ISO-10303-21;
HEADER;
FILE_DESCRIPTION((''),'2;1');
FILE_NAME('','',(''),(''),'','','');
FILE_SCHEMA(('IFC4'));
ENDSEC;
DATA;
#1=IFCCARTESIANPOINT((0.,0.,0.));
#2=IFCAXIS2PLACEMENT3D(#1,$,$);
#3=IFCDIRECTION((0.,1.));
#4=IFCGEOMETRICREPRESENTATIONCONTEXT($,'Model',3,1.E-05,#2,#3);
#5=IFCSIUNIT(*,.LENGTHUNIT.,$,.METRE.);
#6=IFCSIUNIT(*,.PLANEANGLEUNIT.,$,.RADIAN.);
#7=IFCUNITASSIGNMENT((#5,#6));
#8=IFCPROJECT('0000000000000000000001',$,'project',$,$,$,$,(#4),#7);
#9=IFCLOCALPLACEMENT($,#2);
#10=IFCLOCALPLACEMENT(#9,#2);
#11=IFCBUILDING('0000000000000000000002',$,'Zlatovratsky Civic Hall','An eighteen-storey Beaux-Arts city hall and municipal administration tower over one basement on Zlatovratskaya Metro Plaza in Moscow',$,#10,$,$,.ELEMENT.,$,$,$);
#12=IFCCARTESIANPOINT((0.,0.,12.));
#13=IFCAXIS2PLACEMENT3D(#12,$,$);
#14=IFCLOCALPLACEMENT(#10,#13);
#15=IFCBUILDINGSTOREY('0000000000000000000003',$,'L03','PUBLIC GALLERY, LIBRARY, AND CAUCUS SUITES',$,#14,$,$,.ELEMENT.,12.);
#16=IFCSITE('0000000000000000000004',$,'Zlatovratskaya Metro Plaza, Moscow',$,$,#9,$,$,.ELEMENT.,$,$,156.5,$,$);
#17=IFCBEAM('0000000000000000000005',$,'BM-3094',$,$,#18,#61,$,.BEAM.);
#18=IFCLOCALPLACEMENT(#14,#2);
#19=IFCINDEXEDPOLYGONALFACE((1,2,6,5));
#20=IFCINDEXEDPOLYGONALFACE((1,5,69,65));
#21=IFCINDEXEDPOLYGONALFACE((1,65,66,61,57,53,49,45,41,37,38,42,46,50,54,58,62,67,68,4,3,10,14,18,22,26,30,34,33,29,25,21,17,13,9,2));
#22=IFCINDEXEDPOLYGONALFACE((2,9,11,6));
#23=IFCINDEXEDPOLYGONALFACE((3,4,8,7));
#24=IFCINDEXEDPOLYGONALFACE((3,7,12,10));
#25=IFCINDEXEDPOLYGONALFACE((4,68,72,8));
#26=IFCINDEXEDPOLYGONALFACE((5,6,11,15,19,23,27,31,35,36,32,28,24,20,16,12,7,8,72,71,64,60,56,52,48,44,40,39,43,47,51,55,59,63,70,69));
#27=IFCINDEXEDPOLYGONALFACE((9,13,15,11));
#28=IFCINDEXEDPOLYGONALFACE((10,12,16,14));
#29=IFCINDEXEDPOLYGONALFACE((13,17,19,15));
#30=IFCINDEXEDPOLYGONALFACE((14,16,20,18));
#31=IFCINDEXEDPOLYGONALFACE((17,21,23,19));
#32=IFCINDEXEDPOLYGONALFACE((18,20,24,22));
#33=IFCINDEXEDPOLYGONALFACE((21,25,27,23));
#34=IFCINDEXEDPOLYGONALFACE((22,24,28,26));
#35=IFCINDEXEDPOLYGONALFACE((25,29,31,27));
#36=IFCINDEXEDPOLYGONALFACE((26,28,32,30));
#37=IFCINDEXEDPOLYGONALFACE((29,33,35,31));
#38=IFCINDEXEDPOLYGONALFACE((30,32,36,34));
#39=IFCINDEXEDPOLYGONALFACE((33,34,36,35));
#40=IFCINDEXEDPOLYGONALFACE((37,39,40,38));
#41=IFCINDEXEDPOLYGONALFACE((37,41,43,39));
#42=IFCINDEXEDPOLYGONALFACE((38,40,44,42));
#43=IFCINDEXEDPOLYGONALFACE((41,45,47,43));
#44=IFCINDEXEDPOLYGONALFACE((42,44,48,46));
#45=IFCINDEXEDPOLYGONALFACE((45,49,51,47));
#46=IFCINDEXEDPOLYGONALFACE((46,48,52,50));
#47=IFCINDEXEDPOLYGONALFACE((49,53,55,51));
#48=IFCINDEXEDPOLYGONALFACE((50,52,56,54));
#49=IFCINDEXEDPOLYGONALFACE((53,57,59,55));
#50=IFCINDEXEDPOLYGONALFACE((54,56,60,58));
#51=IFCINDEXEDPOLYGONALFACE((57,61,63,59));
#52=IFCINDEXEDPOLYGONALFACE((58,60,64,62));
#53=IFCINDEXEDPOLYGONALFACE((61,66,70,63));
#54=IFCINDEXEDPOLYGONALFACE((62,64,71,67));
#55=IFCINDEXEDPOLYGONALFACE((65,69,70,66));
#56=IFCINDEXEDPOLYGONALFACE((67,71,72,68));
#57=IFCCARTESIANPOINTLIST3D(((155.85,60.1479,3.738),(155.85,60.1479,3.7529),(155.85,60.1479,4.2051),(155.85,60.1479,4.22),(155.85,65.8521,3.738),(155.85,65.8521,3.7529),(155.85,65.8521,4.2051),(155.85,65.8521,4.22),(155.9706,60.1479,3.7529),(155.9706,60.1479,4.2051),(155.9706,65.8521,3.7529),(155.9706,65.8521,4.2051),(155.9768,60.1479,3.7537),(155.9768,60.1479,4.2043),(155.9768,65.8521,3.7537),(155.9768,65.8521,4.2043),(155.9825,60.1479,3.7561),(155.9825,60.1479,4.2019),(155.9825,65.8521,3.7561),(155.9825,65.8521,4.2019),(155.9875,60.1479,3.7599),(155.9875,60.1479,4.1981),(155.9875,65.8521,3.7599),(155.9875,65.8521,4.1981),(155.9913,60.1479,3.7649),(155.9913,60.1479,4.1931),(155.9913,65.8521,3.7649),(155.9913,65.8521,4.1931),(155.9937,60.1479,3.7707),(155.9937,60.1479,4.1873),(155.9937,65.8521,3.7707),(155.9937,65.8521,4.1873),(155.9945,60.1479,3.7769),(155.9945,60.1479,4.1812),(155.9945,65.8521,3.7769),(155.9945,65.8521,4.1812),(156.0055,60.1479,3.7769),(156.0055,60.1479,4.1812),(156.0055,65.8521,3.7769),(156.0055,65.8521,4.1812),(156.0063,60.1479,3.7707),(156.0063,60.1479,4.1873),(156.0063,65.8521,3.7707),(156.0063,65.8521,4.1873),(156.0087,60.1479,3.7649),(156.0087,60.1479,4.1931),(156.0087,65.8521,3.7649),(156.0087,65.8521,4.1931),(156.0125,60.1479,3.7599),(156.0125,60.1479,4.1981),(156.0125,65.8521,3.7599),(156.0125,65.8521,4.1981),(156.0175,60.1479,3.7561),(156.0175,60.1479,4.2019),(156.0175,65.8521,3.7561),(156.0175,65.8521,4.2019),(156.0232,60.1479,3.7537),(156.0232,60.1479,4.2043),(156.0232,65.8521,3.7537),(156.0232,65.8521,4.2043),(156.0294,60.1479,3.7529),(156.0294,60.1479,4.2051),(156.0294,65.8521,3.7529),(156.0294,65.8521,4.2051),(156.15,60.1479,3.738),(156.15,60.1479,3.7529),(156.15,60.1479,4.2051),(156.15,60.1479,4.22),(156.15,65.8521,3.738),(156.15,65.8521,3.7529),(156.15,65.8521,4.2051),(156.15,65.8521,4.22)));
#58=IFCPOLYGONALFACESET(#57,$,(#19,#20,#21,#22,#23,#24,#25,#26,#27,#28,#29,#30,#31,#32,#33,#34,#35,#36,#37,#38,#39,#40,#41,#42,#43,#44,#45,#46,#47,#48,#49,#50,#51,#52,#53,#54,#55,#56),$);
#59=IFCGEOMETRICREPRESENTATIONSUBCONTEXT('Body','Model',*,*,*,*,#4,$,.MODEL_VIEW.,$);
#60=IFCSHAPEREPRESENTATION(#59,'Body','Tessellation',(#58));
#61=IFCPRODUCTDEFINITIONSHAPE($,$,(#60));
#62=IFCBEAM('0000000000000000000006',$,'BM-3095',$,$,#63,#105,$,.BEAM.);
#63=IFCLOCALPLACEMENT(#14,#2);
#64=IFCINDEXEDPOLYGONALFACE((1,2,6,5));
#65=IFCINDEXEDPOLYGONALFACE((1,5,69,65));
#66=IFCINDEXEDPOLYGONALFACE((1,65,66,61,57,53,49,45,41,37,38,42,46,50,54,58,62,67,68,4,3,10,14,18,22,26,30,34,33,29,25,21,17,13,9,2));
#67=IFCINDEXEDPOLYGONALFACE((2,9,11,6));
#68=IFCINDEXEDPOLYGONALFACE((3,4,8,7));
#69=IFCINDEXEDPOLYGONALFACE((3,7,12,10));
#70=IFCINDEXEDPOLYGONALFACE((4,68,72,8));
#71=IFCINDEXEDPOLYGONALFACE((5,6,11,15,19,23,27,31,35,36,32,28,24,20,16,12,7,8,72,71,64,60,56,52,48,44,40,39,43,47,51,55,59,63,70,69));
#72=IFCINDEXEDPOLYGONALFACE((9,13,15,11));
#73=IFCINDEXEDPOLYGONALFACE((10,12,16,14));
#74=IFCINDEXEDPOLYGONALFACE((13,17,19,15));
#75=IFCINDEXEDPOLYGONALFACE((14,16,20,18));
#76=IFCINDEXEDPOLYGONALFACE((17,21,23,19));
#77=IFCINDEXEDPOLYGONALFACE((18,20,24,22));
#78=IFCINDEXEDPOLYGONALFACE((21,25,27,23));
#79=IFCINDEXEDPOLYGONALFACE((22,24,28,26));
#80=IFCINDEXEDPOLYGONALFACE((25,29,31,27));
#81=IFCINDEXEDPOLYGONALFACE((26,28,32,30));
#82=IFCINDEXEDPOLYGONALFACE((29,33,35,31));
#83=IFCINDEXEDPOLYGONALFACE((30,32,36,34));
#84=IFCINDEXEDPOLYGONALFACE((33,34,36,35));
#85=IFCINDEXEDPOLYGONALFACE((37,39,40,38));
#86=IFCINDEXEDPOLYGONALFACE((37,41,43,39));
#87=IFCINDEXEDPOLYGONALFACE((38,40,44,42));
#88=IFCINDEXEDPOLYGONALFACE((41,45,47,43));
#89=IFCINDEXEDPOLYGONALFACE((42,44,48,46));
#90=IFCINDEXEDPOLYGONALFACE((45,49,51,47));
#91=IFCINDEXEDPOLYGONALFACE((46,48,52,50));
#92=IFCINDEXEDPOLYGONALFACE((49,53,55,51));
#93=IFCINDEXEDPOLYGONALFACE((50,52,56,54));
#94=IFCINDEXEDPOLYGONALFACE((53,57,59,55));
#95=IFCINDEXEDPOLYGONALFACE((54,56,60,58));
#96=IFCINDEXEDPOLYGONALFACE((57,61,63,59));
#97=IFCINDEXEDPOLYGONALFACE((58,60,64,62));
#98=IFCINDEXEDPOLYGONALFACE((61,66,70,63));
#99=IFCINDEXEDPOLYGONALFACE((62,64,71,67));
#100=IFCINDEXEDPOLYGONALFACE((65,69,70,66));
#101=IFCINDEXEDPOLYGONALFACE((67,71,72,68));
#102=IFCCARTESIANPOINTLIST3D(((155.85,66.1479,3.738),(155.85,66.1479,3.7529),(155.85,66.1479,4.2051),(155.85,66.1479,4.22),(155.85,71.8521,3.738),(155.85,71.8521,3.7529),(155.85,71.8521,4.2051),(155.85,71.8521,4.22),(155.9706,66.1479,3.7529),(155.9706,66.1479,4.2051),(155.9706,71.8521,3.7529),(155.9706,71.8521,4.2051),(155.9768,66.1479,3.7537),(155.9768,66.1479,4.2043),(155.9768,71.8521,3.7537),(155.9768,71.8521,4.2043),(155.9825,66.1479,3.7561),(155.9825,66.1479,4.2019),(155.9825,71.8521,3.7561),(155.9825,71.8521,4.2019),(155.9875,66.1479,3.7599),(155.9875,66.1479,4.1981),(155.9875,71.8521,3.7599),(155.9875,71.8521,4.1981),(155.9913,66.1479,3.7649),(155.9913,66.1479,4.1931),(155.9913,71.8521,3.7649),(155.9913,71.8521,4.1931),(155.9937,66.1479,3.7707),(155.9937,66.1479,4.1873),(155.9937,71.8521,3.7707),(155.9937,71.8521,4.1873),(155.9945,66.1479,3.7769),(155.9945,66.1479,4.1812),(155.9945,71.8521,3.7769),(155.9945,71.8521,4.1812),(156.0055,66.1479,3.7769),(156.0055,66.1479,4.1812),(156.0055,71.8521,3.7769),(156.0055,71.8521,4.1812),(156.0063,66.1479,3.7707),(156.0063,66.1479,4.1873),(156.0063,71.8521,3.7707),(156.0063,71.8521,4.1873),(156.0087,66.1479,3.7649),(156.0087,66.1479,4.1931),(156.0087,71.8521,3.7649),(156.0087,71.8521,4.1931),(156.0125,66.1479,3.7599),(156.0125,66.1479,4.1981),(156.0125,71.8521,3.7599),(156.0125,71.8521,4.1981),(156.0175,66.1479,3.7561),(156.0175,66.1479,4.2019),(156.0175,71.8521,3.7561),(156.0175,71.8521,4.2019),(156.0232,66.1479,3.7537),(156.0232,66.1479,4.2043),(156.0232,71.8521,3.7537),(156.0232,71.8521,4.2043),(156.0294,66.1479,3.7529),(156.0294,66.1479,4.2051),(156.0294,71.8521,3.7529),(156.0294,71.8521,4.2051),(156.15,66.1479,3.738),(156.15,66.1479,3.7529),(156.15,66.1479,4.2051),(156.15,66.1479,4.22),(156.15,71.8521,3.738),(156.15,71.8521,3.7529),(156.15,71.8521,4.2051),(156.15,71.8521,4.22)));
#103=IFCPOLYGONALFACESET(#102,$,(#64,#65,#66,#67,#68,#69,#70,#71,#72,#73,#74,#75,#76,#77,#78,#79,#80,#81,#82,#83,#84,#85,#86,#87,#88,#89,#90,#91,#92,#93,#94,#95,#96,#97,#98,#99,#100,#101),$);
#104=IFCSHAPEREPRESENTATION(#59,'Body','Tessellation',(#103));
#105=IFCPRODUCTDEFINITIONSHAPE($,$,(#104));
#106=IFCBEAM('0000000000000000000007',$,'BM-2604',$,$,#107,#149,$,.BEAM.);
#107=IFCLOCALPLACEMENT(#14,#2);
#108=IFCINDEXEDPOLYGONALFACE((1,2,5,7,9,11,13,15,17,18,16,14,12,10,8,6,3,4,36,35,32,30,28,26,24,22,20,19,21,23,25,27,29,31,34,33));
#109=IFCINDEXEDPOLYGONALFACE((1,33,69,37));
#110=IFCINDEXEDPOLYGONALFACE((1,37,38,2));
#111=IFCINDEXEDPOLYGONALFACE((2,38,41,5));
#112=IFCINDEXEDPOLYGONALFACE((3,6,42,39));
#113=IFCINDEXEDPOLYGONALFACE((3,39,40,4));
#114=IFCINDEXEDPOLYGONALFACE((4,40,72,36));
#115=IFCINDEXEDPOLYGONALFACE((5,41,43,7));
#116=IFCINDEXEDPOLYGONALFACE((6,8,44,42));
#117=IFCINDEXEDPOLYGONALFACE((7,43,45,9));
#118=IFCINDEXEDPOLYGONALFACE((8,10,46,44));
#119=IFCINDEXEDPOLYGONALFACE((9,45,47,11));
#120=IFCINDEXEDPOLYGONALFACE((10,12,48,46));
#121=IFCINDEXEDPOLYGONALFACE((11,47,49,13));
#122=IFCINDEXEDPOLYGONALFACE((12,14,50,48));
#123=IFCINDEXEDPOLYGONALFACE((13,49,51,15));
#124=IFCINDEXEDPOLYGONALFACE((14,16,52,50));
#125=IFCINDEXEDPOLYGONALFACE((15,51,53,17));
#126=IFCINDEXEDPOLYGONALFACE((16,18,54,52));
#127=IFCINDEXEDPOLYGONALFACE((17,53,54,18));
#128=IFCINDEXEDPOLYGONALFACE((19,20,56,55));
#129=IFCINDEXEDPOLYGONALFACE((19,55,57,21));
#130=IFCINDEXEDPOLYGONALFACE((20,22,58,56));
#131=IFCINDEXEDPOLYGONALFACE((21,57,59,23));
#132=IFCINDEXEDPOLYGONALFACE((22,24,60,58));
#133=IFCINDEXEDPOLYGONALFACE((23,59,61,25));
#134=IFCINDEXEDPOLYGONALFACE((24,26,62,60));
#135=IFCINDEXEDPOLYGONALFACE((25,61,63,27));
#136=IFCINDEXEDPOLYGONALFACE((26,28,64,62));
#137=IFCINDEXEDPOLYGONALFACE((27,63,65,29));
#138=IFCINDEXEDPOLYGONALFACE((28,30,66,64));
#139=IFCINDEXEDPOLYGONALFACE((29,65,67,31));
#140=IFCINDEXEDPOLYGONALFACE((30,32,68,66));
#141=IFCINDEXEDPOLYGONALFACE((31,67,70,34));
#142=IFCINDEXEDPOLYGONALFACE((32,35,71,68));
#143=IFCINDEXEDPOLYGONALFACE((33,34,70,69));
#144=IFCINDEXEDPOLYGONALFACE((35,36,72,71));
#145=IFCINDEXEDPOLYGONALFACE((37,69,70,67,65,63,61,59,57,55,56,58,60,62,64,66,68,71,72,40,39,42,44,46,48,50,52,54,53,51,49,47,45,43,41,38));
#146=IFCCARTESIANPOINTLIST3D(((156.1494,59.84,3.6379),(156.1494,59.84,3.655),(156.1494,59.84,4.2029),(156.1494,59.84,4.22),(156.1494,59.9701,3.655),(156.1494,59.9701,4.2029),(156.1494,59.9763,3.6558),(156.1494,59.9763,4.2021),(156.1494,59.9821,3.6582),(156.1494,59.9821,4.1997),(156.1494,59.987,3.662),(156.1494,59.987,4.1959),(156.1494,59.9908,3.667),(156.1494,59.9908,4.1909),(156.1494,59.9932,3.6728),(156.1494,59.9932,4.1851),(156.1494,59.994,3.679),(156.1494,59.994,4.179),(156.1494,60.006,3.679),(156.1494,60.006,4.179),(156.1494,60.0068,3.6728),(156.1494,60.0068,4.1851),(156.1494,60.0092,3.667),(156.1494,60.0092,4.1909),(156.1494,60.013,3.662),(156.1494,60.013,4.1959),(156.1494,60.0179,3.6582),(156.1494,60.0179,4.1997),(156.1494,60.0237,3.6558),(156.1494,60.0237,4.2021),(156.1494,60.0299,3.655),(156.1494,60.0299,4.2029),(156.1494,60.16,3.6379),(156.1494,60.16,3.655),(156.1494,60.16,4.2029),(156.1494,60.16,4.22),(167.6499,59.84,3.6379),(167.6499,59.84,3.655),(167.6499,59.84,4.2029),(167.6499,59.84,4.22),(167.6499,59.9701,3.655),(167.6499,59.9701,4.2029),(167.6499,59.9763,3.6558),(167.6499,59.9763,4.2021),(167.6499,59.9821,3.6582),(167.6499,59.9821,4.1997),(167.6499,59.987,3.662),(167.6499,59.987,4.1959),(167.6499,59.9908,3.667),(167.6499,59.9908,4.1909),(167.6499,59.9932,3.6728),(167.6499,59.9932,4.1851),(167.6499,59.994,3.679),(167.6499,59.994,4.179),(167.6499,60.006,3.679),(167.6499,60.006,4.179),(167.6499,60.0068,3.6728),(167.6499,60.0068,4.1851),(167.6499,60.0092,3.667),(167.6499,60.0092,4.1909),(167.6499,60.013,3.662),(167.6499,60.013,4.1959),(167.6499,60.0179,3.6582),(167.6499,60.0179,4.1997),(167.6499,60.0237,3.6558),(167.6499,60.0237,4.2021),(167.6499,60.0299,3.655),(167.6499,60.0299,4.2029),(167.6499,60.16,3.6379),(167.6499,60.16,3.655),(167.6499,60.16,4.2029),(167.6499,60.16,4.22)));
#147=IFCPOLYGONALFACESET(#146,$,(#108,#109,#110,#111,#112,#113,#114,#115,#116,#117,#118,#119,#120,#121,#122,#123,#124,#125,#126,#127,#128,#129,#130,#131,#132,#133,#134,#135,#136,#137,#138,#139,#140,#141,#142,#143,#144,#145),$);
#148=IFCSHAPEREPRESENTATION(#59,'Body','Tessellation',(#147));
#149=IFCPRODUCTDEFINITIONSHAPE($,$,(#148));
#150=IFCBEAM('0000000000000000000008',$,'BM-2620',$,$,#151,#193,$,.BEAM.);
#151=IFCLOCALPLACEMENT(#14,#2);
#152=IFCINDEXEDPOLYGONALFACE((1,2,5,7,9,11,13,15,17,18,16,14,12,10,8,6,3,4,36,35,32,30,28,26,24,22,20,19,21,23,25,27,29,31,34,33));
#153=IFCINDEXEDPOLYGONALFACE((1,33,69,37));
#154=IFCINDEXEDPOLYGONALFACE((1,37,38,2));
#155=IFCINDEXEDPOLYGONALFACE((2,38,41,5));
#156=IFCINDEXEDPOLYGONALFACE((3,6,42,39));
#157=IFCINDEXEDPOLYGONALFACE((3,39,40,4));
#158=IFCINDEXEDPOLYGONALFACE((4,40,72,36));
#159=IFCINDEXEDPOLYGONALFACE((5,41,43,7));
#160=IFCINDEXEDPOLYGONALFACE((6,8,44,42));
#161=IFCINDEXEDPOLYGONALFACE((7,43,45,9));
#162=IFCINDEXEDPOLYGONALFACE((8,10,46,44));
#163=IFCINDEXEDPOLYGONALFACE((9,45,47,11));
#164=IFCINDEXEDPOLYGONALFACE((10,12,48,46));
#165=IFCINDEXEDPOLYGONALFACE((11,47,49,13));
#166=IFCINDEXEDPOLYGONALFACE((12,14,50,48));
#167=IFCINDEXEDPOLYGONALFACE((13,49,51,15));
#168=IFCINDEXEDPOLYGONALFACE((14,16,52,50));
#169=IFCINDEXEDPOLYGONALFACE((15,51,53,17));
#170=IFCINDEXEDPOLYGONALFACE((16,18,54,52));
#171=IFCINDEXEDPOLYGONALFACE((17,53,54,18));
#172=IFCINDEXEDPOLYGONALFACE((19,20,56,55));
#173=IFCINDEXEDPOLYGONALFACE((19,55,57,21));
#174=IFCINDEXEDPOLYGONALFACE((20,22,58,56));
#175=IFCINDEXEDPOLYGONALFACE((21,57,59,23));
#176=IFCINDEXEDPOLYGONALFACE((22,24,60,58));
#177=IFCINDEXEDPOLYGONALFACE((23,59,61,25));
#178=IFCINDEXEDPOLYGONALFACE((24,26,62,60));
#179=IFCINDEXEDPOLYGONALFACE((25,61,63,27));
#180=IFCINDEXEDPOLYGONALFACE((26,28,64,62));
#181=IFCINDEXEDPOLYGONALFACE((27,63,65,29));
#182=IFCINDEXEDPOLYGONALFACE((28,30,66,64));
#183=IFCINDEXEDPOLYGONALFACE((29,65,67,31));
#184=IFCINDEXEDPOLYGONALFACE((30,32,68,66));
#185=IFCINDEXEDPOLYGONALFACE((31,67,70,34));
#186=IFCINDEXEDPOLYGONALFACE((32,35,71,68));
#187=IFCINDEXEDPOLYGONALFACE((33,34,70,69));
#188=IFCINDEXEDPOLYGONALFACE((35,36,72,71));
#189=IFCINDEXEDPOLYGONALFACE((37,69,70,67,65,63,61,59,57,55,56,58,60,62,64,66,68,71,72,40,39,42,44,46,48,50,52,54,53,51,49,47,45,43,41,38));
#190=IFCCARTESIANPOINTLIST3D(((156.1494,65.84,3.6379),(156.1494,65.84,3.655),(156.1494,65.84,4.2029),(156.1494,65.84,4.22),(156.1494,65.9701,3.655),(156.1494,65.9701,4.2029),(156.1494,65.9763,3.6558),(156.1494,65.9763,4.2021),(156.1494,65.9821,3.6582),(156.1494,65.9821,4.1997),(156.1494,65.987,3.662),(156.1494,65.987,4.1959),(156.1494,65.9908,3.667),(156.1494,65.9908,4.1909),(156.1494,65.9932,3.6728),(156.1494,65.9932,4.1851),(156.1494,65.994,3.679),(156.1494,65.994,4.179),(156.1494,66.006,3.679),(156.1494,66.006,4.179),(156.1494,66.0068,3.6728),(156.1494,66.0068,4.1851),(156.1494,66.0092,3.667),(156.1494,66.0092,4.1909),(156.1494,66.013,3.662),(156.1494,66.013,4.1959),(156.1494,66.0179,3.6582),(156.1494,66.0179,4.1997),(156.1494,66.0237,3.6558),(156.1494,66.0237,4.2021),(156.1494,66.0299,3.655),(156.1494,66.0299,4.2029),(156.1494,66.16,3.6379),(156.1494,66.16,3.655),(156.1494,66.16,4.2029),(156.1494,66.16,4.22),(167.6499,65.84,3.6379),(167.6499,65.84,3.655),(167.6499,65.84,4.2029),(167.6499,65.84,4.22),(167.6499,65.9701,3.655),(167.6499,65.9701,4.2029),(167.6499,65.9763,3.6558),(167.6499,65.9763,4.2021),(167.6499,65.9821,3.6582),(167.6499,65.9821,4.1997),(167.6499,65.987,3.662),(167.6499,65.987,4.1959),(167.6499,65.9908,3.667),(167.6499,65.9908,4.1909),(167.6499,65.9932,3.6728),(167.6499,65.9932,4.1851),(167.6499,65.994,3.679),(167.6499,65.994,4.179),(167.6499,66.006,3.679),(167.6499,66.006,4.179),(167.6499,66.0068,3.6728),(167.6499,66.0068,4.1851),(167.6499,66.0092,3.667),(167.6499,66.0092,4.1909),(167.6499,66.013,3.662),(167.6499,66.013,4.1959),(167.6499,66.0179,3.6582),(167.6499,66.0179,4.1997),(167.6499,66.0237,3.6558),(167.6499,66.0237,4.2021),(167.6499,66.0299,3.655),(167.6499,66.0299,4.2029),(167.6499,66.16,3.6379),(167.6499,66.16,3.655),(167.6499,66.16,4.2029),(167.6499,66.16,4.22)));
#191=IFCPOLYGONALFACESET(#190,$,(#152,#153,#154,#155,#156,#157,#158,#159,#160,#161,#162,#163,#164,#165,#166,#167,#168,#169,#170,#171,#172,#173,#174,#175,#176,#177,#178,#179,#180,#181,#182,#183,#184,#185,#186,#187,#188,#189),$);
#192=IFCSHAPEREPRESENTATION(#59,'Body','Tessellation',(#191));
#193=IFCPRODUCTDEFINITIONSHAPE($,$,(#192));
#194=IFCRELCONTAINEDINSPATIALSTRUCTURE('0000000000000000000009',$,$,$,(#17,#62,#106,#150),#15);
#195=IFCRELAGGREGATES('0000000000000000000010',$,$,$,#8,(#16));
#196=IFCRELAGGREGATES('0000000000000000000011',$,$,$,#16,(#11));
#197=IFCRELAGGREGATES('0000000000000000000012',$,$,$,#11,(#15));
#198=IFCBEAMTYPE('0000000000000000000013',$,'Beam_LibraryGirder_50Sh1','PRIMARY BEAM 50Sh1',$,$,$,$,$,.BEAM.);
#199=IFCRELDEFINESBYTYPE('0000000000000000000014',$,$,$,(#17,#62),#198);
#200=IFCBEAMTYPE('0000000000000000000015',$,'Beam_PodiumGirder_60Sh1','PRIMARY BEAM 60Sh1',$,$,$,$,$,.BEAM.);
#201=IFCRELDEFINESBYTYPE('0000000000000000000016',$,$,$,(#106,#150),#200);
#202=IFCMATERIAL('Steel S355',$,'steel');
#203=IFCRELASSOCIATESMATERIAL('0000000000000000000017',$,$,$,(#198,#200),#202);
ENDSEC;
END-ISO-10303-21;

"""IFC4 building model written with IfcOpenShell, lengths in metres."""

from ifc_helpers import new_model, si_unit, direction, frame, origin, origin_2d, place, context, subcontext, project, spatial, i_section, extrude, material, material_profile, profile_set, type_object, element, save


model = new_model("IFC4")

# Units and contexts
model_context = context("Model", 3, precision=1e-05, world=origin(), true_north=direction((0.0, 1.0)))
body_context = subcontext(model_context, "Body", "Model", "MODEL_VIEW")
ifc_project = project(units=[si_unit("LENGTHUNIT", "METRE"), si_unit("PLANEANGLEUNIT", "RADIAN")], contexts=[model_context])

# Site, building, storey
site_placement = place(None, origin())
site = spatial("IfcSite", under=ifc_project, at=site_placement, Name="Zlatovratskaya Metro Plaza, Moscow", CompositionType="ELEMENT", RefElevation=156.5)
building_placement = place(site_placement, origin())
building = spatial("IfcBuilding", under=site, at=building_placement, Name="Zlatovratsky Civic Hall", Description="An eighteen-storey Beaux-Arts city hall and municipal administration tower over one basement on Zlatovratskaya Metro Plaza in Moscow", CompositionType="ELEMENT")
storey_placement = place(building_placement, frame((0.0, 0.0, 12.0)))
storey = spatial("IfcBuildingStorey", under=building, at=storey_placement, Name="L03", Description="PUBLIC GALLERY, LIBRARY, AND CAUCUS SUITES", CompositionType="ELEMENT", Elevation=12.0)

# Shared definitions
ifc_material_1 = material(Name="Steel S355", Category="steel")

# Beams
ifc_material_profile_1 = material_profile(ifc_material_1, i_section(OverallWidth=0.3, OverallDepth=0.4819, WebThickness=0.011, FlangeThickness=0.0149, FilletRadius=0.0239, at=origin_2d()), Name="50Sh1")
ifc_profile_set_1 = profile_set([ifc_material_profile_1], Name="Steel S355")
beam_type_1 = type_object("IfcBeamType", Name="Beam_LibraryGirder_50Sh1", Description="PRIMARY BEAM 50Sh1", PredefinedType="BEAM", material=ifc_profile_set_1)
for number, where, z_axis, x_axis, name in (
    (1, (156.0, 60.1479, 3.979), (0.0, 1.0, 0.0), (-1.0, 0.0, 0.0), "BM-3094"),
    (2, (156.0, 66.1479, 3.979), (0.0, 1.0, 0.0), (-1.0, 0.0, 0.0), "BM-3095"),
):
    element("IfcBeam", number, at=place(storey_placement, frame(where, z_axis=z_axis, x_axis=x_axis)), inside=storey, type_object=beam_type_1, Name=name, PredefinedType="BEAM", context=body_context, shape_type="SweptSolid", body=[
        extrude(i_section(OverallWidth=0.3, OverallDepth=0.4819, WebThickness=0.011, FlangeThickness=0.0149, FilletRadius=0.0239, at=origin_2d()), origin(), (0.0, 0.0, 1.0), 5.7041),
    ])
ifc_material_profile_2 = material_profile(ifc_material_1, i_section(OverallWidth=0.3201, OverallDepth=0.582, WebThickness=0.012, FlangeThickness=0.0171, FilletRadius=0.0239, at=origin_2d()), Name="60Sh1")
ifc_profile_set_2 = profile_set([ifc_material_profile_2], Name="Steel S355")
beam_type_2 = type_object("IfcBeamType", Name="Beam_PodiumGirder_60Sh1", Description="PRIMARY BEAM 60Sh1", PredefinedType="BEAM", material=ifc_profile_set_2)
for number, where, z_axis, x_axis, name in (
    (3, (156.1494, 60.0, 3.929), (1.0, 0.0, 0.0), (0.0, 1.0, 0.0), "BM-2604"),
    (4, (156.1494, 66.0, 3.929), (1.0, 0.0, 0.0), (0.0, 1.0, 0.0), "BM-2620"),
):
    element("IfcBeam", number, at=place(storey_placement, frame(where, z_axis=z_axis, x_axis=x_axis)), inside=storey, type_object=beam_type_2, Name=name, PredefinedType="BEAM", context=body_context, shape_type="SweptSolid", body=[
        extrude(i_section(OverallWidth=0.3201, OverallDepth=0.582, WebThickness=0.012, FlangeThickness=0.0171, FilletRadius=0.0239, at=origin_2d()), origin(), (0.0, 0.0, 1.0), 11.5005),
    ])

save(model, "model.ifc")
